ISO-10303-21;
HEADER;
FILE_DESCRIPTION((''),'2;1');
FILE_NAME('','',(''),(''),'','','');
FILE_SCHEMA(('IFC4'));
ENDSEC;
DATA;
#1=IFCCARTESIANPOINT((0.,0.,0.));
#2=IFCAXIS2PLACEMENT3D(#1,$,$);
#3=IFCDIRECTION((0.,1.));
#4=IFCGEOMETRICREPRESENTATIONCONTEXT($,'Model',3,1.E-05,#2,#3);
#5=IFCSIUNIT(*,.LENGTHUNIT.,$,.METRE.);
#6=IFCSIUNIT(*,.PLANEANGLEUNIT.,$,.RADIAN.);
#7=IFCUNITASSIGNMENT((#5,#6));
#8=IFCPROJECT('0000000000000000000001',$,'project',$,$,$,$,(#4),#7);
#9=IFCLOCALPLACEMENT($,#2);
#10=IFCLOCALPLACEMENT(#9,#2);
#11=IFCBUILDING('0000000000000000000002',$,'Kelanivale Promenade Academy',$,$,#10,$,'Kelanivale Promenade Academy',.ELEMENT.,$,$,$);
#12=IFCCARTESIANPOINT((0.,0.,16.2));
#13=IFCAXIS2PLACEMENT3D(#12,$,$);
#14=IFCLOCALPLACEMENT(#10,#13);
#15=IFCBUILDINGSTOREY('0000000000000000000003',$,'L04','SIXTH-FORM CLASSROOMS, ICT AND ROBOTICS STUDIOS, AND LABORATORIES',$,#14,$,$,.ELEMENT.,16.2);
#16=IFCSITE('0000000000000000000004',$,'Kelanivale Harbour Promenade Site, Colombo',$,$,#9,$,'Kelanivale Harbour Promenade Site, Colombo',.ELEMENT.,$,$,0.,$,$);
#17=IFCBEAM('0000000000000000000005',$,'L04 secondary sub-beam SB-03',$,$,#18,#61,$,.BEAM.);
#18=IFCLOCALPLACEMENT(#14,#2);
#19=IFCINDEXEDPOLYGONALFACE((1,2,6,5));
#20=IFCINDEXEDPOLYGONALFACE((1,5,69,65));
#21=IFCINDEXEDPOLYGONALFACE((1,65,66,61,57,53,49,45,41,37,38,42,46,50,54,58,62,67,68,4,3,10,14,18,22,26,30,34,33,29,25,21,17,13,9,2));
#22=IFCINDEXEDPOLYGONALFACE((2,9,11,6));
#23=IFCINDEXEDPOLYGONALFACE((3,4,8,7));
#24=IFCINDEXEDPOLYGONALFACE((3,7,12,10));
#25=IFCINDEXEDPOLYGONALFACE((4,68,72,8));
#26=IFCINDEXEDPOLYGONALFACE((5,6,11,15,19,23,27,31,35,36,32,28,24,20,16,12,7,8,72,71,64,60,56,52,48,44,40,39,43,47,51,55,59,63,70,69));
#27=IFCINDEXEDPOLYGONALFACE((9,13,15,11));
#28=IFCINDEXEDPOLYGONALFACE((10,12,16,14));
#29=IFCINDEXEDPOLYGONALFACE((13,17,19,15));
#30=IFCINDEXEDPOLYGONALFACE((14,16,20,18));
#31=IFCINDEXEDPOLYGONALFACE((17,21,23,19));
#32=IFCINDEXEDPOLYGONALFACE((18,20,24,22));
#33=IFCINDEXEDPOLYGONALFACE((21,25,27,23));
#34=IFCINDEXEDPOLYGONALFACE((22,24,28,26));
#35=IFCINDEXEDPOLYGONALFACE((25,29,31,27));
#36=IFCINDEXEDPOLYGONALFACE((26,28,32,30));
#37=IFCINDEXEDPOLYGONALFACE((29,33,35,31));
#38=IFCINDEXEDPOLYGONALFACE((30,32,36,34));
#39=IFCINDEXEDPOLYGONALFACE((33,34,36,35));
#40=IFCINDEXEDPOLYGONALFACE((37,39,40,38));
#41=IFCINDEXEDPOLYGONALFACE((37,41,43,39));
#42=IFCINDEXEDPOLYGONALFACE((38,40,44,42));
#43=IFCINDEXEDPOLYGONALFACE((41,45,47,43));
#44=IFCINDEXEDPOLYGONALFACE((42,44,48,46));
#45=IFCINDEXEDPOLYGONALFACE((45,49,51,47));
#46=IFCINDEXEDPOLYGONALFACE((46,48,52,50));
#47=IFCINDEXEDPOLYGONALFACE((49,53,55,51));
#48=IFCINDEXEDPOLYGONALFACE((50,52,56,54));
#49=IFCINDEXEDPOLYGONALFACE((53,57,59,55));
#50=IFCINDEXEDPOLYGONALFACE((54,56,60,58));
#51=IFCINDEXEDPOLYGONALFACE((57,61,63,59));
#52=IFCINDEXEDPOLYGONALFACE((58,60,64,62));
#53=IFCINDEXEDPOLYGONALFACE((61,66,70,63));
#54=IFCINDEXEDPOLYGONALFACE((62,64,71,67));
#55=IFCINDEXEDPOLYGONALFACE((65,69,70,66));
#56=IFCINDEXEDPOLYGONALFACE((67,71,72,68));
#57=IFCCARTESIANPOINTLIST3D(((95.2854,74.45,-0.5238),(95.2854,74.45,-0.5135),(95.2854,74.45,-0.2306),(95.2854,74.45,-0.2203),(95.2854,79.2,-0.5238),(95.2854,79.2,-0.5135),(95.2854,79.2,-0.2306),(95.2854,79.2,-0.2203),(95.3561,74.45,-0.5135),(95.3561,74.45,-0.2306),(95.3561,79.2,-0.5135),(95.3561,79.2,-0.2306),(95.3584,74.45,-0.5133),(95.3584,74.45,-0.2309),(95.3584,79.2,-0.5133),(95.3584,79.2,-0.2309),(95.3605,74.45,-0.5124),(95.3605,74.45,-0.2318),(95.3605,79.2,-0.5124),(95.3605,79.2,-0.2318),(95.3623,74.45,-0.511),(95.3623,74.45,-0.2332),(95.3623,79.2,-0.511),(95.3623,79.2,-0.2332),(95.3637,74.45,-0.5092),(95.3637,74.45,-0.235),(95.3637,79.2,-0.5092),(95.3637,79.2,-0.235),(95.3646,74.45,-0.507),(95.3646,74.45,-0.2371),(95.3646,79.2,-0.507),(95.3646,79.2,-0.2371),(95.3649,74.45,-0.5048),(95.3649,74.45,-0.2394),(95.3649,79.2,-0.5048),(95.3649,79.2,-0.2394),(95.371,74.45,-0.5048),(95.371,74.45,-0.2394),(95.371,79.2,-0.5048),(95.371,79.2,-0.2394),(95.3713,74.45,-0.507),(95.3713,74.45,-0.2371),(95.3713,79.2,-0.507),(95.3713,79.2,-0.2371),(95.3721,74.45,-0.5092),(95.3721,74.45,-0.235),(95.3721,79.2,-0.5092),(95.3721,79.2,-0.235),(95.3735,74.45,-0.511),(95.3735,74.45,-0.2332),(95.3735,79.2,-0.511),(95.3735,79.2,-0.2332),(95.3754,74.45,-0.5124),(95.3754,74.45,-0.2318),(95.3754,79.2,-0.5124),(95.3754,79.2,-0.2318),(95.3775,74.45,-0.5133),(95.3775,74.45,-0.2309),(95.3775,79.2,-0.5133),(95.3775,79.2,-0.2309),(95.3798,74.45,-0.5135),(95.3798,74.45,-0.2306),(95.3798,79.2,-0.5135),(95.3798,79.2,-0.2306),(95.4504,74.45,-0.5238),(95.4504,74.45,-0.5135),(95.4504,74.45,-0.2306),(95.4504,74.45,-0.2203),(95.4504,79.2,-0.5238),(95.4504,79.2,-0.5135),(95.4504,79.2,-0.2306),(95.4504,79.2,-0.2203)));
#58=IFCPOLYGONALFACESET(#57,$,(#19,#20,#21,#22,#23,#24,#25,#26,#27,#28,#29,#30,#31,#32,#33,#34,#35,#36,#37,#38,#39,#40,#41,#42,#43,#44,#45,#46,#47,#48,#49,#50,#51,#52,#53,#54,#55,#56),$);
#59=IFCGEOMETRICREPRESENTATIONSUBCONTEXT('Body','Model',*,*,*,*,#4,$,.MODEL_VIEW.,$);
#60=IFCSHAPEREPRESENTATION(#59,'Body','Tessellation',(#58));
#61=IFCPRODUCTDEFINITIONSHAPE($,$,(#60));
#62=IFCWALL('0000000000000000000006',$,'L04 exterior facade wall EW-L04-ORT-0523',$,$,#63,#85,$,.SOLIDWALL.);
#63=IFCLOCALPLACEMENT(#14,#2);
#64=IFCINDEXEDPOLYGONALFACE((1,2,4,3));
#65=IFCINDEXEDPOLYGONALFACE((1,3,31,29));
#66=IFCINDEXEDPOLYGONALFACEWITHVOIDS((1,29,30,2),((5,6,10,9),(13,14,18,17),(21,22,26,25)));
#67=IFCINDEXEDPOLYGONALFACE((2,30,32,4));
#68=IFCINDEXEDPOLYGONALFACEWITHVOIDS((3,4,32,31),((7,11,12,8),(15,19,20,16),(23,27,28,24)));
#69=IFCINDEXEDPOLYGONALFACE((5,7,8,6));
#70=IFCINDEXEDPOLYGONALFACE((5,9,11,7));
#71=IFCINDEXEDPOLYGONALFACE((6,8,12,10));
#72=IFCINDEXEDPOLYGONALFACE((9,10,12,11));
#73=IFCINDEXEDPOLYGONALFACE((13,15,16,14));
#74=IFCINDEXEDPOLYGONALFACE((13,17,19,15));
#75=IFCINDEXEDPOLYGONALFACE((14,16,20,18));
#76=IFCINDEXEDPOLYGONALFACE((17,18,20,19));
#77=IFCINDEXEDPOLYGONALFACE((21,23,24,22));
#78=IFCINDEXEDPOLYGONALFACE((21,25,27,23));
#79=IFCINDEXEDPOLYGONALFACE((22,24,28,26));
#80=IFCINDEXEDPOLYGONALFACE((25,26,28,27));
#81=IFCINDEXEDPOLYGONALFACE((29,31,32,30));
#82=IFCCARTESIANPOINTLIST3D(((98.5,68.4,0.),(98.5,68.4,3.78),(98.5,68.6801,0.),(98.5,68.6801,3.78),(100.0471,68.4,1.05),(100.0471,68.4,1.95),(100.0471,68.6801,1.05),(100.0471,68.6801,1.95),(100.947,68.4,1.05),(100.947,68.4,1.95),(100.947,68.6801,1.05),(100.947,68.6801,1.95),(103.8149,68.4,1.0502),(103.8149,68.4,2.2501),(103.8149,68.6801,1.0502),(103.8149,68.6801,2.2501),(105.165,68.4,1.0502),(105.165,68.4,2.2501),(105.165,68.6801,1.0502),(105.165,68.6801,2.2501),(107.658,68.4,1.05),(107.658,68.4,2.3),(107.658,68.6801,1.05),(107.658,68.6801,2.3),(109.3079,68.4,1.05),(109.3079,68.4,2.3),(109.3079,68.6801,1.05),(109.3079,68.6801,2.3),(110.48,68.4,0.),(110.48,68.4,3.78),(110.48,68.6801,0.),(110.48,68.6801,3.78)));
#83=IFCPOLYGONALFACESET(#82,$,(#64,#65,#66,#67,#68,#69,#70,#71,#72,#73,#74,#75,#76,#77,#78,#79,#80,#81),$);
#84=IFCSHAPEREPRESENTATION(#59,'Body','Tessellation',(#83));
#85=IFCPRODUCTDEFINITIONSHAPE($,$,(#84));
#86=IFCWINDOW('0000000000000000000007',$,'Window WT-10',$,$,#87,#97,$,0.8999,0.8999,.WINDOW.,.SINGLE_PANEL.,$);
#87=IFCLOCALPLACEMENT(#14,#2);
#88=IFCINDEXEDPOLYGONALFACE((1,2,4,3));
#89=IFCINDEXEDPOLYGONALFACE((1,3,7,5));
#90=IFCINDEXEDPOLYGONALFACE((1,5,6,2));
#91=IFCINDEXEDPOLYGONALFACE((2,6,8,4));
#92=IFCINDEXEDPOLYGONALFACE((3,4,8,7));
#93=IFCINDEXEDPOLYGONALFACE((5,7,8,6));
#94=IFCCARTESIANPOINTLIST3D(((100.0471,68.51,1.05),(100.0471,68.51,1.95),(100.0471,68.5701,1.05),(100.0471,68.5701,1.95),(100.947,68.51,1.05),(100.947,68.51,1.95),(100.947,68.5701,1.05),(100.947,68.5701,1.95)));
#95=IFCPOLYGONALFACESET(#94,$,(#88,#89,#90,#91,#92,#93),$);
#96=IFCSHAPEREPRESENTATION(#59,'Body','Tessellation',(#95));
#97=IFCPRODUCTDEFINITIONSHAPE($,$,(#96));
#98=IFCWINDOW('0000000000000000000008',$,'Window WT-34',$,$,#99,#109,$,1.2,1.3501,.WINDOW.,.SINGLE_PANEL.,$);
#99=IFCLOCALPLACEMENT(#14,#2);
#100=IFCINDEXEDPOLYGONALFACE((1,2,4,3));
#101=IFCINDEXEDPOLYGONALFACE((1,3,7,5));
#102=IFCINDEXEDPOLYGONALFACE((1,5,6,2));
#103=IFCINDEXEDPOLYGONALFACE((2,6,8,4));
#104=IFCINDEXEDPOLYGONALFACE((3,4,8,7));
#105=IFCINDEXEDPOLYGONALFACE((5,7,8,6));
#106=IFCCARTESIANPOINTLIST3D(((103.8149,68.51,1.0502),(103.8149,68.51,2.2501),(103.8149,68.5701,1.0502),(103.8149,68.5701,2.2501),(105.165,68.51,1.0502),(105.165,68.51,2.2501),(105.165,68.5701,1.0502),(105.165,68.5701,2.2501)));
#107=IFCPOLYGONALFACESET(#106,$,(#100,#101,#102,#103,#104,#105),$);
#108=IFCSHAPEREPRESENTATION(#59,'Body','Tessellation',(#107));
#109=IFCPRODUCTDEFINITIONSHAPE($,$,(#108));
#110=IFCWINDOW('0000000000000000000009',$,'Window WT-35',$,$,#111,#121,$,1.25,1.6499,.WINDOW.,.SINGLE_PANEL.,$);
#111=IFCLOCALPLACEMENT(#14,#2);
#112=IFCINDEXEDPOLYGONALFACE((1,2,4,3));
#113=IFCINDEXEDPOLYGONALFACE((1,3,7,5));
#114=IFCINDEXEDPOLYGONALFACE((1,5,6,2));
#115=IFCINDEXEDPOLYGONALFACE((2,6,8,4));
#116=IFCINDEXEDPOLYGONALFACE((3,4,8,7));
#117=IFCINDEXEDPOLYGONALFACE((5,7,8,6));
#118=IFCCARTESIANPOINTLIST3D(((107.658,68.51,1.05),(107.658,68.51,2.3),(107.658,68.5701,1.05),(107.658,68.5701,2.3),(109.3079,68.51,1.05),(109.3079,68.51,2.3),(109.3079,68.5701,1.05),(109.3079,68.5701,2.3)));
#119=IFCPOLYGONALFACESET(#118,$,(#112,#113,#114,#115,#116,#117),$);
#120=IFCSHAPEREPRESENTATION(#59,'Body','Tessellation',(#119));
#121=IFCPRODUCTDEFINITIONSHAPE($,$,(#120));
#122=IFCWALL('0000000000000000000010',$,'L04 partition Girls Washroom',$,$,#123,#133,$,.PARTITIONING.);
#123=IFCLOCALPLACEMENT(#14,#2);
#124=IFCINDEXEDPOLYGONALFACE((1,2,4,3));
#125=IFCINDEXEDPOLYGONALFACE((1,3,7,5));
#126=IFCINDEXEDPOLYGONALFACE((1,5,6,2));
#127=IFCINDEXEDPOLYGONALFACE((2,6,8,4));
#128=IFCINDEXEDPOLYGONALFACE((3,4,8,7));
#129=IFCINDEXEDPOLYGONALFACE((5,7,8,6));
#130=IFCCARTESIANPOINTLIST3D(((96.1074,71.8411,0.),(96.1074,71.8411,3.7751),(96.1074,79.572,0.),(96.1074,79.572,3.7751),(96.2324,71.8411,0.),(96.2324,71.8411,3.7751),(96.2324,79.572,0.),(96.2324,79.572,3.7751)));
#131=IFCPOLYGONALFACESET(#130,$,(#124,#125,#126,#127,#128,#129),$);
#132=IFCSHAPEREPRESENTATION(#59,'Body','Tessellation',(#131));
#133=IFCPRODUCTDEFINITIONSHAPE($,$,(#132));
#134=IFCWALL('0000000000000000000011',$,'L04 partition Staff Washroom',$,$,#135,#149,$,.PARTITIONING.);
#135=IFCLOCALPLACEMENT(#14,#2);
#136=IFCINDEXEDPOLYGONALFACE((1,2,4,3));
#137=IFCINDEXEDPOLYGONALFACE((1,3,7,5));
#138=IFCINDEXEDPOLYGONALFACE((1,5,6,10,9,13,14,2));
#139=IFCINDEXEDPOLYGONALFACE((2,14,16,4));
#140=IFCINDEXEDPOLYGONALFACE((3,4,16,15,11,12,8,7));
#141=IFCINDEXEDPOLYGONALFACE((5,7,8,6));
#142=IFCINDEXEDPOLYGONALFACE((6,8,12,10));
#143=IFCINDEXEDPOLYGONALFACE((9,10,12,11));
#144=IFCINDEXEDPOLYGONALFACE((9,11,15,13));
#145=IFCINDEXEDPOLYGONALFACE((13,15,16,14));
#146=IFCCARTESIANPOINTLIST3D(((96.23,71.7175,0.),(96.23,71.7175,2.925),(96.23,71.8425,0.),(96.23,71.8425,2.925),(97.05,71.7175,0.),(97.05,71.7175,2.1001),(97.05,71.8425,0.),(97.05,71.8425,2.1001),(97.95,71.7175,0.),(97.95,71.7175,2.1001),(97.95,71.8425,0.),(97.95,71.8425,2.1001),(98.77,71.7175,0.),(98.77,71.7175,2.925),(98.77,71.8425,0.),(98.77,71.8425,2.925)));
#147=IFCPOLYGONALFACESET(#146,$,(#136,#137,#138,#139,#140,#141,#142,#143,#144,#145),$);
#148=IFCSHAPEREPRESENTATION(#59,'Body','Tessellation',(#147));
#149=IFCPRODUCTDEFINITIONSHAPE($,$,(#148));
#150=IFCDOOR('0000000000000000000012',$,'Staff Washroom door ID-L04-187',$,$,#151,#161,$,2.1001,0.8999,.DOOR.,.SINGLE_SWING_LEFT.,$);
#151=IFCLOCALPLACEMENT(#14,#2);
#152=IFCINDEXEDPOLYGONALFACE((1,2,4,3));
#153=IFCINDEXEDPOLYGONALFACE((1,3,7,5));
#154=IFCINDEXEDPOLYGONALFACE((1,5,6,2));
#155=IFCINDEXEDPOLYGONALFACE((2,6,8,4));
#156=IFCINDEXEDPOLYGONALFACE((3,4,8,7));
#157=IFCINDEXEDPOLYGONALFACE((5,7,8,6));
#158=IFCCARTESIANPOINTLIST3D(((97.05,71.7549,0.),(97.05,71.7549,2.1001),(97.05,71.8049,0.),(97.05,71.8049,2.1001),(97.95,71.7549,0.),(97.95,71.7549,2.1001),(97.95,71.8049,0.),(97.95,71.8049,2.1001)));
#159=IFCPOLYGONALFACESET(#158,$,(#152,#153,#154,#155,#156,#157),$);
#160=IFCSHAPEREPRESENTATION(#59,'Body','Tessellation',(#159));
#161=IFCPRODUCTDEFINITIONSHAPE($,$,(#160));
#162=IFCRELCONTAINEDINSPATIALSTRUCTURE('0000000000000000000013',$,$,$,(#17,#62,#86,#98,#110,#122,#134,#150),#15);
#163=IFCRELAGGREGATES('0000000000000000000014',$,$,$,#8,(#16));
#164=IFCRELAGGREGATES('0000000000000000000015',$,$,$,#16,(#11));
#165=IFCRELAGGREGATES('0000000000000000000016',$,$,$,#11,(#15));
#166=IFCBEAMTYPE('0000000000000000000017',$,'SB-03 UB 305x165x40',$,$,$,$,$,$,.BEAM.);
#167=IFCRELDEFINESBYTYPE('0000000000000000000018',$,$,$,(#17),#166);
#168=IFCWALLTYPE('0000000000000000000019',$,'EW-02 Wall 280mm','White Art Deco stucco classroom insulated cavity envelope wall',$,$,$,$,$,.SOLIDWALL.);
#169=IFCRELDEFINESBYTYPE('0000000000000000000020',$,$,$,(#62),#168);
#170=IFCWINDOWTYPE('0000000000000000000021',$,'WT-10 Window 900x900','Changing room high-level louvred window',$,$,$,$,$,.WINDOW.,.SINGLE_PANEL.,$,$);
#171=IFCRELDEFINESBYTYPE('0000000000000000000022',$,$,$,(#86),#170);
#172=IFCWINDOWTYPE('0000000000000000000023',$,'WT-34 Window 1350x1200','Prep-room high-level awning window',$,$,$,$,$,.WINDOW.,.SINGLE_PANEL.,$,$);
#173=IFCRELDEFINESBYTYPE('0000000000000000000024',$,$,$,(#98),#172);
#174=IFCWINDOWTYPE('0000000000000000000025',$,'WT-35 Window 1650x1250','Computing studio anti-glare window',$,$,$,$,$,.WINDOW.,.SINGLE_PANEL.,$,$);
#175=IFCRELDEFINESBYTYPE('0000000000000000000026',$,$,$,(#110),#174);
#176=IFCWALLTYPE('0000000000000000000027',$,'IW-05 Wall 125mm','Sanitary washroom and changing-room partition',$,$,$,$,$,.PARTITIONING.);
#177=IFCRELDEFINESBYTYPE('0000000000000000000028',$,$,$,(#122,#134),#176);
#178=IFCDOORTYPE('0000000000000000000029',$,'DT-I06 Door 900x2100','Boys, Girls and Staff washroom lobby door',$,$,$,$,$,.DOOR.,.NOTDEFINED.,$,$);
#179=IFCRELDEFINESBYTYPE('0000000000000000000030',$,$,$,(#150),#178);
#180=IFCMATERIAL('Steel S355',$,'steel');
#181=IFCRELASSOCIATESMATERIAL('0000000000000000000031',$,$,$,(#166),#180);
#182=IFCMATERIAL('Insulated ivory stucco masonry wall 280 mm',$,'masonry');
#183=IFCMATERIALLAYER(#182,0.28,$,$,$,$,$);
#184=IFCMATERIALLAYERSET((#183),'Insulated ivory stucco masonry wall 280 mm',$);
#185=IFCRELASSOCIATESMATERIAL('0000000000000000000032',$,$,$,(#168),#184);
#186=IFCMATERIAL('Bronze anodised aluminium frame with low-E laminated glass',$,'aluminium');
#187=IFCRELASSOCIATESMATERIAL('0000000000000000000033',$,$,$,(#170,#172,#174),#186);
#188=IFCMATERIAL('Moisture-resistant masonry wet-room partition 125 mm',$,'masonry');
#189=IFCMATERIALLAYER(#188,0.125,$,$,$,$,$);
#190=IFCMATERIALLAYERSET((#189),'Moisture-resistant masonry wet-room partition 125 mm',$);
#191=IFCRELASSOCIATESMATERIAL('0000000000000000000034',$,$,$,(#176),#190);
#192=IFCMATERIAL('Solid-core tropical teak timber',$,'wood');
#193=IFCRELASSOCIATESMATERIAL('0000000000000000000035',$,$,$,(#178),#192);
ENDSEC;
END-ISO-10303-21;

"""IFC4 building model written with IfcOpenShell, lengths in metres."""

from ifc_helpers import new_model, si_unit, direction, frame, frame_2d, origin, origin_2d, place, context, subcontext, project, spatial, rectangle, i_section, extrude, material, layer, layer_set, material_profile, profile_set, type_object, element, fill, save


model = new_model("IFC4")

# Units and contexts
model_context = context("Model", 3, precision=1e-05, world=origin(), true_north=direction((0.0, 1.0)))
body_context = subcontext(model_context, "Body", "Model", "MODEL_VIEW")
ifc_project = project(units=[si_unit("LENGTHUNIT", "METRE"), si_unit("PLANEANGLEUNIT", "RADIAN")], contexts=[model_context])

# Site, building, storey
site_placement = place(None, origin())
site = spatial("IfcSite", under=ifc_project, at=site_placement, Name="Kelanivale Harbour Promenade Site, Colombo", LongName="Kelanivale Harbour Promenade Site, Colombo", CompositionType="ELEMENT", RefElevation=0.0)
building_placement = place(site_placement, origin())
building = spatial("IfcBuilding", under=site, at=building_placement, Name="Kelanivale Promenade Academy", LongName="Kelanivale Promenade Academy", CompositionType="ELEMENT")
storey_placement = place(building_placement, frame((0.0, 0.0, 16.2)))
storey = spatial("IfcBuildingStorey", under=building, at=storey_placement, Name="L04", Description="SIXTH-FORM CLASSROOMS, ICT AND ROBOTICS STUDIOS, AND LABORATORIES", CompositionType="ELEMENT", Elevation=16.2)

# Beam
ifc_material_1 = material(Name="Steel S355", Category="steel")
ifc_material_profile_1 = material_profile(ifc_material_1, i_section(OverallWidth=0.165, OverallDepth=0.3035, WebThickness=0.0061, FlangeThickness=0.0103, FilletRadius=0.0088, at=origin_2d()), Name="UB 305x165x40")
ifc_profile_set_1 = profile_set([ifc_material_profile_1], Name="Steel S355")
beam_type_1 = type_object("IfcBeamType", Name="SB-03 UB 305x165x40", PredefinedType="BEAM", material=ifc_profile_set_1)
beam_1_placement = place(storey_placement, frame((95.3679, 74.45, -0.3721), z_axis=(0.0, 1.0, 0.0), x_axis=(-1.0, 0.0, 0.0)))
element("IfcBeam", 1, at=beam_1_placement, inside=storey, type_object=beam_type_1, Name="L04 secondary sub-beam SB-03", PredefinedType="BEAM", context=body_context, shape_type="SweptSolid", body=[
    extrude(i_section(OverallWidth=0.165, OverallDepth=0.3035, WebThickness=0.0061, FlangeThickness=0.0103, FilletRadius=0.0088, at=origin_2d()), origin(), (0.0, 0.0, 1.0), 4.75),
])

# Wall, openings, windows
ifc_material_2 = material(Name="Insulated ivory stucco masonry wall 280 mm", Category="masonry")
ifc_layer_1 = layer(ifc_material_2, 0.28)
ifc_layer_set_1 = layer_set([ifc_layer_1], Name="Insulated ivory stucco masonry wall 280 mm")
wall_type_1 = type_object("IfcWallType", Name="EW-02 Wall 280mm", Description="White Art Deco stucco classroom insulated cavity envelope wall", PredefinedType="SOLIDWALL", material=ifc_layer_set_1)
wall_1_placement = place(storey_placement, frame((98.5, 68.54, 0.0), z_axis=(0.0, 0.0, 1.0), x_axis=(1.0, 0.0, 0.0)))
wall_1 = element("IfcWall", 2, at=wall_1_placement, inside=storey, type_object=wall_type_1, Name="L04 exterior facade wall EW-L04-ORT-0523", PredefinedType="SOLIDWALL", context=body_context, shape_type="SweptSolid", body=[
    extrude(rectangle(XDim=11.98, YDim=0.28, at=frame_2d((5.99, 0.0))), origin(), (0.0, 0.0, 1.0), 3.78),
])
opening_1_placement = place(wall_1_placement, frame((1.5471, 0.0, 1.05)))
opening_1 = element("IfcOpeningElement", 3, at=opening_1_placement, cuts=wall_1, PredefinedType="OPENING", context=body_context, shape_type="SweptSolid", body=[
    extrude(rectangle(XDim=0.8999, YDim=0.8999, at=frame_2d((0.45, 0.45))), frame((0.0, 0.1499, 0.0), z_axis=(0.0, -1.0, 0.0), x_axis=(1.0, 0.0, 0.0)), (0.0, 0.0, 1.0), 0.3),
])
opening_2_placement = place(wall_1_placement, frame((5.3149, 0.0, 1.05)))
opening_2 = element("IfcOpeningElement", 4, at=opening_2_placement, cuts=wall_1, PredefinedType="OPENING", context=body_context, shape_type="SweptSolid", body=[
    extrude(rectangle(XDim=1.3501, YDim=1.2, at=frame_2d((0.675, 0.6001))), frame((0.0, 0.1499, 0.0), z_axis=(0.0, -1.0, 0.0), x_axis=(1.0, 0.0, 0.0)), (0.0, 0.0, 1.0), 0.3),
])
opening_3_placement = place(wall_1_placement, frame((9.158, 0.0, 1.05)))
opening_3 = element("IfcOpeningElement", 5, at=opening_3_placement, cuts=wall_1, PredefinedType="OPENING", context=body_context, shape_type="SweptSolid", body=[
    extrude(rectangle(XDim=1.6499, YDim=1.25, at=frame_2d((0.825, 0.625))), frame((0.0, 0.1499, 0.0), z_axis=(0.0, -1.0, 0.0), x_axis=(1.0, 0.0, 0.0)), (0.0, 0.0, 1.0), 0.3),
])
ifc_material_3 = material(Name="Bronze anodised aluminium frame with low-E laminated glass", Category="aluminium")
window_type_1 = type_object("IfcWindowType", Name="WT-10 Window 900x900", Description="Changing room high-level louvred window", PartitioningType="SINGLE_PANEL", PredefinedType="WINDOW", material=ifc_material_3)
window_1_placement = place(opening_1_placement, origin())
window_1 = element("IfcWindow", 6, at=window_1_placement, inside=storey, type_object=window_type_1, Name="Window WT-10", OverallHeight=0.8999, OverallWidth=0.8999, PartitioningType="SINGLE_PANEL", PredefinedType="WINDOW", context=body_context, shape_type="SweptSolid", body=[
    extrude(rectangle(XDim=0.8999, YDim=0.8999, at=frame_2d((0.45, 0.45))), frame((0.0, 0.03, 0.0), z_axis=(0.0, -1.0, 0.0), x_axis=(1.0, 0.0, 0.0)), (0.0, 0.0, 1.0), 0.0601),
])
fill(opening_1, window_1)
window_type_2 = type_object("IfcWindowType", Name="WT-34 Window 1350x1200", Description="Prep-room high-level awning window", PartitioningType="SINGLE_PANEL", PredefinedType="WINDOW", material=ifc_material_3)
window_2_placement = place(opening_2_placement, origin())
window_2 = element("IfcWindow", 7, at=window_2_placement, inside=storey, type_object=window_type_2, Name="Window WT-34", OverallHeight=1.2, OverallWidth=1.3501, PartitioningType="SINGLE_PANEL", PredefinedType="WINDOW", context=body_context, shape_type="SweptSolid", body=[
    extrude(rectangle(XDim=1.3501, YDim=1.2, at=frame_2d((0.675, 0.6001))), frame((0.0, 0.03, 0.0), z_axis=(0.0, -1.0, 0.0), x_axis=(1.0, 0.0, 0.0)), (0.0, 0.0, 1.0), 0.0601),
])
fill(opening_2, window_2)
window_type_3 = type_object("IfcWindowType", Name="WT-35 Window 1650x1250", Description="Computing studio anti-glare window", PartitioningType="SINGLE_PANEL", PredefinedType="WINDOW", material=ifc_material_3)
window_3_placement = place(opening_3_placement, origin())
window_3 = element("IfcWindow", 8, at=window_3_placement, inside=storey, type_object=window_type_3, Name="Window WT-35", OverallHeight=1.25, OverallWidth=1.6499, PartitioningType="SINGLE_PANEL", PredefinedType="WINDOW", context=body_context, shape_type="SweptSolid", body=[
    extrude(rectangle(XDim=1.6499, YDim=1.25, at=frame_2d((0.825, 0.625))), frame((0.0, 0.03, 0.0), z_axis=(0.0, -1.0, 0.0), x_axis=(1.0, 0.0, 0.0)), (0.0, 0.0, 1.0), 0.0601),
])
fill(opening_3, window_3)

# Wall
ifc_material_4 = material(Name="Moisture-resistant masonry wet-room partition 125 mm", Category="masonry")
ifc_layer_2 = layer(ifc_material_4, 0.125)
ifc_layer_set_2 = layer_set([ifc_layer_2], Name="Moisture-resistant masonry wet-room partition 125 mm")
wall_type_2 = type_object("IfcWallType", Name="IW-05 Wall 125mm", Description="Sanitary washroom and changing-room partition", PredefinedType="PARTITIONING", material=ifc_layer_set_2)
wall_2_placement = place(storey_placement, frame((96.1699, 71.8411, 0.0), z_axis=(0.0, 0.0, 1.0), x_axis=(0.0, 1.0, 0.0)))
element("IfcWall", 9, at=wall_2_placement, inside=storey, type_object=wall_type_2, Name="L04 partition Girls Washroom", PredefinedType="PARTITIONING", context=body_context, shape_type="SweptSolid", body=[
    extrude(rectangle(XDim=7.731, YDim=0.125, at=frame_2d((3.8655, 0.0))), origin(), (0.0, 0.0, 1.0), 3.7751),
])

# Wall, opening, door
wall_3_placement = place(storey_placement, frame((96.23, 71.78, 0.0), z_axis=(0.0, 0.0, 1.0), x_axis=(1.0, 0.0, 0.0)))
wall_3 = element("IfcWall", 10, at=wall_3_placement, inside=storey, type_object=wall_type_2, Name="L04 partition Staff Washroom", PredefinedType="PARTITIONING", context=body_context, shape_type="SweptSolid", body=[
    extrude(rectangle(XDim=2.54, YDim=0.125, at=frame_2d((1.27, 0.0))), origin(), (0.0, 0.0, 1.0), 2.925),
])
opening_4_placement = place(wall_3_placement, frame((0.8201, 0.0, 0.0)))
opening_4 = element("IfcOpeningElement", 11, at=opening_4_placement, cuts=wall_3, PredefinedType="OPENING", context=body_context, shape_type="SweptSolid", body=[
    extrude(rectangle(XDim=0.8999, YDim=2.1001, at=frame_2d((0.45, 1.05))), frame((0.0, 0.0725, 0.0), z_axis=(0.0, -1.0, 0.0), x_axis=(1.0, 0.0, 0.0)), (0.0, 0.0, 1.0), 0.145),
])
ifc_material_5 = material(Name="Solid-core tropical teak timber", Category="wood")
door_type_1 = type_object("IfcDoorType", Name="DT-I06 Door 900x2100", Description="Boys, Girls and Staff washroom lobby door", OperationType="NOTDEFINED", PredefinedType="DOOR", material=ifc_material_5)
door_1_placement = place(opening_4_placement, origin())
door_1 = element("IfcDoor", 12, at=door_1_placement, inside=storey, type_object=door_type_1, Name="Staff Washroom door ID-L04-187", OperationType="SINGLE_SWING_LEFT", OverallHeight=2.1001, OverallWidth=0.8999, PredefinedType="DOOR", context=body_context, shape_type="SweptSolid", body=[
    extrude(rectangle(XDim=0.8999, YDim=2.1001, at=frame_2d((0.45, 1.05))), frame((0.0, 0.0249, 0.0), z_axis=(0.0, -1.0, 0.0), x_axis=(1.0, 0.0, 0.0)), (0.0, 0.0, 1.0), 0.05),
])
fill(opening_4, door_1)

save(model, "model.ifc")
